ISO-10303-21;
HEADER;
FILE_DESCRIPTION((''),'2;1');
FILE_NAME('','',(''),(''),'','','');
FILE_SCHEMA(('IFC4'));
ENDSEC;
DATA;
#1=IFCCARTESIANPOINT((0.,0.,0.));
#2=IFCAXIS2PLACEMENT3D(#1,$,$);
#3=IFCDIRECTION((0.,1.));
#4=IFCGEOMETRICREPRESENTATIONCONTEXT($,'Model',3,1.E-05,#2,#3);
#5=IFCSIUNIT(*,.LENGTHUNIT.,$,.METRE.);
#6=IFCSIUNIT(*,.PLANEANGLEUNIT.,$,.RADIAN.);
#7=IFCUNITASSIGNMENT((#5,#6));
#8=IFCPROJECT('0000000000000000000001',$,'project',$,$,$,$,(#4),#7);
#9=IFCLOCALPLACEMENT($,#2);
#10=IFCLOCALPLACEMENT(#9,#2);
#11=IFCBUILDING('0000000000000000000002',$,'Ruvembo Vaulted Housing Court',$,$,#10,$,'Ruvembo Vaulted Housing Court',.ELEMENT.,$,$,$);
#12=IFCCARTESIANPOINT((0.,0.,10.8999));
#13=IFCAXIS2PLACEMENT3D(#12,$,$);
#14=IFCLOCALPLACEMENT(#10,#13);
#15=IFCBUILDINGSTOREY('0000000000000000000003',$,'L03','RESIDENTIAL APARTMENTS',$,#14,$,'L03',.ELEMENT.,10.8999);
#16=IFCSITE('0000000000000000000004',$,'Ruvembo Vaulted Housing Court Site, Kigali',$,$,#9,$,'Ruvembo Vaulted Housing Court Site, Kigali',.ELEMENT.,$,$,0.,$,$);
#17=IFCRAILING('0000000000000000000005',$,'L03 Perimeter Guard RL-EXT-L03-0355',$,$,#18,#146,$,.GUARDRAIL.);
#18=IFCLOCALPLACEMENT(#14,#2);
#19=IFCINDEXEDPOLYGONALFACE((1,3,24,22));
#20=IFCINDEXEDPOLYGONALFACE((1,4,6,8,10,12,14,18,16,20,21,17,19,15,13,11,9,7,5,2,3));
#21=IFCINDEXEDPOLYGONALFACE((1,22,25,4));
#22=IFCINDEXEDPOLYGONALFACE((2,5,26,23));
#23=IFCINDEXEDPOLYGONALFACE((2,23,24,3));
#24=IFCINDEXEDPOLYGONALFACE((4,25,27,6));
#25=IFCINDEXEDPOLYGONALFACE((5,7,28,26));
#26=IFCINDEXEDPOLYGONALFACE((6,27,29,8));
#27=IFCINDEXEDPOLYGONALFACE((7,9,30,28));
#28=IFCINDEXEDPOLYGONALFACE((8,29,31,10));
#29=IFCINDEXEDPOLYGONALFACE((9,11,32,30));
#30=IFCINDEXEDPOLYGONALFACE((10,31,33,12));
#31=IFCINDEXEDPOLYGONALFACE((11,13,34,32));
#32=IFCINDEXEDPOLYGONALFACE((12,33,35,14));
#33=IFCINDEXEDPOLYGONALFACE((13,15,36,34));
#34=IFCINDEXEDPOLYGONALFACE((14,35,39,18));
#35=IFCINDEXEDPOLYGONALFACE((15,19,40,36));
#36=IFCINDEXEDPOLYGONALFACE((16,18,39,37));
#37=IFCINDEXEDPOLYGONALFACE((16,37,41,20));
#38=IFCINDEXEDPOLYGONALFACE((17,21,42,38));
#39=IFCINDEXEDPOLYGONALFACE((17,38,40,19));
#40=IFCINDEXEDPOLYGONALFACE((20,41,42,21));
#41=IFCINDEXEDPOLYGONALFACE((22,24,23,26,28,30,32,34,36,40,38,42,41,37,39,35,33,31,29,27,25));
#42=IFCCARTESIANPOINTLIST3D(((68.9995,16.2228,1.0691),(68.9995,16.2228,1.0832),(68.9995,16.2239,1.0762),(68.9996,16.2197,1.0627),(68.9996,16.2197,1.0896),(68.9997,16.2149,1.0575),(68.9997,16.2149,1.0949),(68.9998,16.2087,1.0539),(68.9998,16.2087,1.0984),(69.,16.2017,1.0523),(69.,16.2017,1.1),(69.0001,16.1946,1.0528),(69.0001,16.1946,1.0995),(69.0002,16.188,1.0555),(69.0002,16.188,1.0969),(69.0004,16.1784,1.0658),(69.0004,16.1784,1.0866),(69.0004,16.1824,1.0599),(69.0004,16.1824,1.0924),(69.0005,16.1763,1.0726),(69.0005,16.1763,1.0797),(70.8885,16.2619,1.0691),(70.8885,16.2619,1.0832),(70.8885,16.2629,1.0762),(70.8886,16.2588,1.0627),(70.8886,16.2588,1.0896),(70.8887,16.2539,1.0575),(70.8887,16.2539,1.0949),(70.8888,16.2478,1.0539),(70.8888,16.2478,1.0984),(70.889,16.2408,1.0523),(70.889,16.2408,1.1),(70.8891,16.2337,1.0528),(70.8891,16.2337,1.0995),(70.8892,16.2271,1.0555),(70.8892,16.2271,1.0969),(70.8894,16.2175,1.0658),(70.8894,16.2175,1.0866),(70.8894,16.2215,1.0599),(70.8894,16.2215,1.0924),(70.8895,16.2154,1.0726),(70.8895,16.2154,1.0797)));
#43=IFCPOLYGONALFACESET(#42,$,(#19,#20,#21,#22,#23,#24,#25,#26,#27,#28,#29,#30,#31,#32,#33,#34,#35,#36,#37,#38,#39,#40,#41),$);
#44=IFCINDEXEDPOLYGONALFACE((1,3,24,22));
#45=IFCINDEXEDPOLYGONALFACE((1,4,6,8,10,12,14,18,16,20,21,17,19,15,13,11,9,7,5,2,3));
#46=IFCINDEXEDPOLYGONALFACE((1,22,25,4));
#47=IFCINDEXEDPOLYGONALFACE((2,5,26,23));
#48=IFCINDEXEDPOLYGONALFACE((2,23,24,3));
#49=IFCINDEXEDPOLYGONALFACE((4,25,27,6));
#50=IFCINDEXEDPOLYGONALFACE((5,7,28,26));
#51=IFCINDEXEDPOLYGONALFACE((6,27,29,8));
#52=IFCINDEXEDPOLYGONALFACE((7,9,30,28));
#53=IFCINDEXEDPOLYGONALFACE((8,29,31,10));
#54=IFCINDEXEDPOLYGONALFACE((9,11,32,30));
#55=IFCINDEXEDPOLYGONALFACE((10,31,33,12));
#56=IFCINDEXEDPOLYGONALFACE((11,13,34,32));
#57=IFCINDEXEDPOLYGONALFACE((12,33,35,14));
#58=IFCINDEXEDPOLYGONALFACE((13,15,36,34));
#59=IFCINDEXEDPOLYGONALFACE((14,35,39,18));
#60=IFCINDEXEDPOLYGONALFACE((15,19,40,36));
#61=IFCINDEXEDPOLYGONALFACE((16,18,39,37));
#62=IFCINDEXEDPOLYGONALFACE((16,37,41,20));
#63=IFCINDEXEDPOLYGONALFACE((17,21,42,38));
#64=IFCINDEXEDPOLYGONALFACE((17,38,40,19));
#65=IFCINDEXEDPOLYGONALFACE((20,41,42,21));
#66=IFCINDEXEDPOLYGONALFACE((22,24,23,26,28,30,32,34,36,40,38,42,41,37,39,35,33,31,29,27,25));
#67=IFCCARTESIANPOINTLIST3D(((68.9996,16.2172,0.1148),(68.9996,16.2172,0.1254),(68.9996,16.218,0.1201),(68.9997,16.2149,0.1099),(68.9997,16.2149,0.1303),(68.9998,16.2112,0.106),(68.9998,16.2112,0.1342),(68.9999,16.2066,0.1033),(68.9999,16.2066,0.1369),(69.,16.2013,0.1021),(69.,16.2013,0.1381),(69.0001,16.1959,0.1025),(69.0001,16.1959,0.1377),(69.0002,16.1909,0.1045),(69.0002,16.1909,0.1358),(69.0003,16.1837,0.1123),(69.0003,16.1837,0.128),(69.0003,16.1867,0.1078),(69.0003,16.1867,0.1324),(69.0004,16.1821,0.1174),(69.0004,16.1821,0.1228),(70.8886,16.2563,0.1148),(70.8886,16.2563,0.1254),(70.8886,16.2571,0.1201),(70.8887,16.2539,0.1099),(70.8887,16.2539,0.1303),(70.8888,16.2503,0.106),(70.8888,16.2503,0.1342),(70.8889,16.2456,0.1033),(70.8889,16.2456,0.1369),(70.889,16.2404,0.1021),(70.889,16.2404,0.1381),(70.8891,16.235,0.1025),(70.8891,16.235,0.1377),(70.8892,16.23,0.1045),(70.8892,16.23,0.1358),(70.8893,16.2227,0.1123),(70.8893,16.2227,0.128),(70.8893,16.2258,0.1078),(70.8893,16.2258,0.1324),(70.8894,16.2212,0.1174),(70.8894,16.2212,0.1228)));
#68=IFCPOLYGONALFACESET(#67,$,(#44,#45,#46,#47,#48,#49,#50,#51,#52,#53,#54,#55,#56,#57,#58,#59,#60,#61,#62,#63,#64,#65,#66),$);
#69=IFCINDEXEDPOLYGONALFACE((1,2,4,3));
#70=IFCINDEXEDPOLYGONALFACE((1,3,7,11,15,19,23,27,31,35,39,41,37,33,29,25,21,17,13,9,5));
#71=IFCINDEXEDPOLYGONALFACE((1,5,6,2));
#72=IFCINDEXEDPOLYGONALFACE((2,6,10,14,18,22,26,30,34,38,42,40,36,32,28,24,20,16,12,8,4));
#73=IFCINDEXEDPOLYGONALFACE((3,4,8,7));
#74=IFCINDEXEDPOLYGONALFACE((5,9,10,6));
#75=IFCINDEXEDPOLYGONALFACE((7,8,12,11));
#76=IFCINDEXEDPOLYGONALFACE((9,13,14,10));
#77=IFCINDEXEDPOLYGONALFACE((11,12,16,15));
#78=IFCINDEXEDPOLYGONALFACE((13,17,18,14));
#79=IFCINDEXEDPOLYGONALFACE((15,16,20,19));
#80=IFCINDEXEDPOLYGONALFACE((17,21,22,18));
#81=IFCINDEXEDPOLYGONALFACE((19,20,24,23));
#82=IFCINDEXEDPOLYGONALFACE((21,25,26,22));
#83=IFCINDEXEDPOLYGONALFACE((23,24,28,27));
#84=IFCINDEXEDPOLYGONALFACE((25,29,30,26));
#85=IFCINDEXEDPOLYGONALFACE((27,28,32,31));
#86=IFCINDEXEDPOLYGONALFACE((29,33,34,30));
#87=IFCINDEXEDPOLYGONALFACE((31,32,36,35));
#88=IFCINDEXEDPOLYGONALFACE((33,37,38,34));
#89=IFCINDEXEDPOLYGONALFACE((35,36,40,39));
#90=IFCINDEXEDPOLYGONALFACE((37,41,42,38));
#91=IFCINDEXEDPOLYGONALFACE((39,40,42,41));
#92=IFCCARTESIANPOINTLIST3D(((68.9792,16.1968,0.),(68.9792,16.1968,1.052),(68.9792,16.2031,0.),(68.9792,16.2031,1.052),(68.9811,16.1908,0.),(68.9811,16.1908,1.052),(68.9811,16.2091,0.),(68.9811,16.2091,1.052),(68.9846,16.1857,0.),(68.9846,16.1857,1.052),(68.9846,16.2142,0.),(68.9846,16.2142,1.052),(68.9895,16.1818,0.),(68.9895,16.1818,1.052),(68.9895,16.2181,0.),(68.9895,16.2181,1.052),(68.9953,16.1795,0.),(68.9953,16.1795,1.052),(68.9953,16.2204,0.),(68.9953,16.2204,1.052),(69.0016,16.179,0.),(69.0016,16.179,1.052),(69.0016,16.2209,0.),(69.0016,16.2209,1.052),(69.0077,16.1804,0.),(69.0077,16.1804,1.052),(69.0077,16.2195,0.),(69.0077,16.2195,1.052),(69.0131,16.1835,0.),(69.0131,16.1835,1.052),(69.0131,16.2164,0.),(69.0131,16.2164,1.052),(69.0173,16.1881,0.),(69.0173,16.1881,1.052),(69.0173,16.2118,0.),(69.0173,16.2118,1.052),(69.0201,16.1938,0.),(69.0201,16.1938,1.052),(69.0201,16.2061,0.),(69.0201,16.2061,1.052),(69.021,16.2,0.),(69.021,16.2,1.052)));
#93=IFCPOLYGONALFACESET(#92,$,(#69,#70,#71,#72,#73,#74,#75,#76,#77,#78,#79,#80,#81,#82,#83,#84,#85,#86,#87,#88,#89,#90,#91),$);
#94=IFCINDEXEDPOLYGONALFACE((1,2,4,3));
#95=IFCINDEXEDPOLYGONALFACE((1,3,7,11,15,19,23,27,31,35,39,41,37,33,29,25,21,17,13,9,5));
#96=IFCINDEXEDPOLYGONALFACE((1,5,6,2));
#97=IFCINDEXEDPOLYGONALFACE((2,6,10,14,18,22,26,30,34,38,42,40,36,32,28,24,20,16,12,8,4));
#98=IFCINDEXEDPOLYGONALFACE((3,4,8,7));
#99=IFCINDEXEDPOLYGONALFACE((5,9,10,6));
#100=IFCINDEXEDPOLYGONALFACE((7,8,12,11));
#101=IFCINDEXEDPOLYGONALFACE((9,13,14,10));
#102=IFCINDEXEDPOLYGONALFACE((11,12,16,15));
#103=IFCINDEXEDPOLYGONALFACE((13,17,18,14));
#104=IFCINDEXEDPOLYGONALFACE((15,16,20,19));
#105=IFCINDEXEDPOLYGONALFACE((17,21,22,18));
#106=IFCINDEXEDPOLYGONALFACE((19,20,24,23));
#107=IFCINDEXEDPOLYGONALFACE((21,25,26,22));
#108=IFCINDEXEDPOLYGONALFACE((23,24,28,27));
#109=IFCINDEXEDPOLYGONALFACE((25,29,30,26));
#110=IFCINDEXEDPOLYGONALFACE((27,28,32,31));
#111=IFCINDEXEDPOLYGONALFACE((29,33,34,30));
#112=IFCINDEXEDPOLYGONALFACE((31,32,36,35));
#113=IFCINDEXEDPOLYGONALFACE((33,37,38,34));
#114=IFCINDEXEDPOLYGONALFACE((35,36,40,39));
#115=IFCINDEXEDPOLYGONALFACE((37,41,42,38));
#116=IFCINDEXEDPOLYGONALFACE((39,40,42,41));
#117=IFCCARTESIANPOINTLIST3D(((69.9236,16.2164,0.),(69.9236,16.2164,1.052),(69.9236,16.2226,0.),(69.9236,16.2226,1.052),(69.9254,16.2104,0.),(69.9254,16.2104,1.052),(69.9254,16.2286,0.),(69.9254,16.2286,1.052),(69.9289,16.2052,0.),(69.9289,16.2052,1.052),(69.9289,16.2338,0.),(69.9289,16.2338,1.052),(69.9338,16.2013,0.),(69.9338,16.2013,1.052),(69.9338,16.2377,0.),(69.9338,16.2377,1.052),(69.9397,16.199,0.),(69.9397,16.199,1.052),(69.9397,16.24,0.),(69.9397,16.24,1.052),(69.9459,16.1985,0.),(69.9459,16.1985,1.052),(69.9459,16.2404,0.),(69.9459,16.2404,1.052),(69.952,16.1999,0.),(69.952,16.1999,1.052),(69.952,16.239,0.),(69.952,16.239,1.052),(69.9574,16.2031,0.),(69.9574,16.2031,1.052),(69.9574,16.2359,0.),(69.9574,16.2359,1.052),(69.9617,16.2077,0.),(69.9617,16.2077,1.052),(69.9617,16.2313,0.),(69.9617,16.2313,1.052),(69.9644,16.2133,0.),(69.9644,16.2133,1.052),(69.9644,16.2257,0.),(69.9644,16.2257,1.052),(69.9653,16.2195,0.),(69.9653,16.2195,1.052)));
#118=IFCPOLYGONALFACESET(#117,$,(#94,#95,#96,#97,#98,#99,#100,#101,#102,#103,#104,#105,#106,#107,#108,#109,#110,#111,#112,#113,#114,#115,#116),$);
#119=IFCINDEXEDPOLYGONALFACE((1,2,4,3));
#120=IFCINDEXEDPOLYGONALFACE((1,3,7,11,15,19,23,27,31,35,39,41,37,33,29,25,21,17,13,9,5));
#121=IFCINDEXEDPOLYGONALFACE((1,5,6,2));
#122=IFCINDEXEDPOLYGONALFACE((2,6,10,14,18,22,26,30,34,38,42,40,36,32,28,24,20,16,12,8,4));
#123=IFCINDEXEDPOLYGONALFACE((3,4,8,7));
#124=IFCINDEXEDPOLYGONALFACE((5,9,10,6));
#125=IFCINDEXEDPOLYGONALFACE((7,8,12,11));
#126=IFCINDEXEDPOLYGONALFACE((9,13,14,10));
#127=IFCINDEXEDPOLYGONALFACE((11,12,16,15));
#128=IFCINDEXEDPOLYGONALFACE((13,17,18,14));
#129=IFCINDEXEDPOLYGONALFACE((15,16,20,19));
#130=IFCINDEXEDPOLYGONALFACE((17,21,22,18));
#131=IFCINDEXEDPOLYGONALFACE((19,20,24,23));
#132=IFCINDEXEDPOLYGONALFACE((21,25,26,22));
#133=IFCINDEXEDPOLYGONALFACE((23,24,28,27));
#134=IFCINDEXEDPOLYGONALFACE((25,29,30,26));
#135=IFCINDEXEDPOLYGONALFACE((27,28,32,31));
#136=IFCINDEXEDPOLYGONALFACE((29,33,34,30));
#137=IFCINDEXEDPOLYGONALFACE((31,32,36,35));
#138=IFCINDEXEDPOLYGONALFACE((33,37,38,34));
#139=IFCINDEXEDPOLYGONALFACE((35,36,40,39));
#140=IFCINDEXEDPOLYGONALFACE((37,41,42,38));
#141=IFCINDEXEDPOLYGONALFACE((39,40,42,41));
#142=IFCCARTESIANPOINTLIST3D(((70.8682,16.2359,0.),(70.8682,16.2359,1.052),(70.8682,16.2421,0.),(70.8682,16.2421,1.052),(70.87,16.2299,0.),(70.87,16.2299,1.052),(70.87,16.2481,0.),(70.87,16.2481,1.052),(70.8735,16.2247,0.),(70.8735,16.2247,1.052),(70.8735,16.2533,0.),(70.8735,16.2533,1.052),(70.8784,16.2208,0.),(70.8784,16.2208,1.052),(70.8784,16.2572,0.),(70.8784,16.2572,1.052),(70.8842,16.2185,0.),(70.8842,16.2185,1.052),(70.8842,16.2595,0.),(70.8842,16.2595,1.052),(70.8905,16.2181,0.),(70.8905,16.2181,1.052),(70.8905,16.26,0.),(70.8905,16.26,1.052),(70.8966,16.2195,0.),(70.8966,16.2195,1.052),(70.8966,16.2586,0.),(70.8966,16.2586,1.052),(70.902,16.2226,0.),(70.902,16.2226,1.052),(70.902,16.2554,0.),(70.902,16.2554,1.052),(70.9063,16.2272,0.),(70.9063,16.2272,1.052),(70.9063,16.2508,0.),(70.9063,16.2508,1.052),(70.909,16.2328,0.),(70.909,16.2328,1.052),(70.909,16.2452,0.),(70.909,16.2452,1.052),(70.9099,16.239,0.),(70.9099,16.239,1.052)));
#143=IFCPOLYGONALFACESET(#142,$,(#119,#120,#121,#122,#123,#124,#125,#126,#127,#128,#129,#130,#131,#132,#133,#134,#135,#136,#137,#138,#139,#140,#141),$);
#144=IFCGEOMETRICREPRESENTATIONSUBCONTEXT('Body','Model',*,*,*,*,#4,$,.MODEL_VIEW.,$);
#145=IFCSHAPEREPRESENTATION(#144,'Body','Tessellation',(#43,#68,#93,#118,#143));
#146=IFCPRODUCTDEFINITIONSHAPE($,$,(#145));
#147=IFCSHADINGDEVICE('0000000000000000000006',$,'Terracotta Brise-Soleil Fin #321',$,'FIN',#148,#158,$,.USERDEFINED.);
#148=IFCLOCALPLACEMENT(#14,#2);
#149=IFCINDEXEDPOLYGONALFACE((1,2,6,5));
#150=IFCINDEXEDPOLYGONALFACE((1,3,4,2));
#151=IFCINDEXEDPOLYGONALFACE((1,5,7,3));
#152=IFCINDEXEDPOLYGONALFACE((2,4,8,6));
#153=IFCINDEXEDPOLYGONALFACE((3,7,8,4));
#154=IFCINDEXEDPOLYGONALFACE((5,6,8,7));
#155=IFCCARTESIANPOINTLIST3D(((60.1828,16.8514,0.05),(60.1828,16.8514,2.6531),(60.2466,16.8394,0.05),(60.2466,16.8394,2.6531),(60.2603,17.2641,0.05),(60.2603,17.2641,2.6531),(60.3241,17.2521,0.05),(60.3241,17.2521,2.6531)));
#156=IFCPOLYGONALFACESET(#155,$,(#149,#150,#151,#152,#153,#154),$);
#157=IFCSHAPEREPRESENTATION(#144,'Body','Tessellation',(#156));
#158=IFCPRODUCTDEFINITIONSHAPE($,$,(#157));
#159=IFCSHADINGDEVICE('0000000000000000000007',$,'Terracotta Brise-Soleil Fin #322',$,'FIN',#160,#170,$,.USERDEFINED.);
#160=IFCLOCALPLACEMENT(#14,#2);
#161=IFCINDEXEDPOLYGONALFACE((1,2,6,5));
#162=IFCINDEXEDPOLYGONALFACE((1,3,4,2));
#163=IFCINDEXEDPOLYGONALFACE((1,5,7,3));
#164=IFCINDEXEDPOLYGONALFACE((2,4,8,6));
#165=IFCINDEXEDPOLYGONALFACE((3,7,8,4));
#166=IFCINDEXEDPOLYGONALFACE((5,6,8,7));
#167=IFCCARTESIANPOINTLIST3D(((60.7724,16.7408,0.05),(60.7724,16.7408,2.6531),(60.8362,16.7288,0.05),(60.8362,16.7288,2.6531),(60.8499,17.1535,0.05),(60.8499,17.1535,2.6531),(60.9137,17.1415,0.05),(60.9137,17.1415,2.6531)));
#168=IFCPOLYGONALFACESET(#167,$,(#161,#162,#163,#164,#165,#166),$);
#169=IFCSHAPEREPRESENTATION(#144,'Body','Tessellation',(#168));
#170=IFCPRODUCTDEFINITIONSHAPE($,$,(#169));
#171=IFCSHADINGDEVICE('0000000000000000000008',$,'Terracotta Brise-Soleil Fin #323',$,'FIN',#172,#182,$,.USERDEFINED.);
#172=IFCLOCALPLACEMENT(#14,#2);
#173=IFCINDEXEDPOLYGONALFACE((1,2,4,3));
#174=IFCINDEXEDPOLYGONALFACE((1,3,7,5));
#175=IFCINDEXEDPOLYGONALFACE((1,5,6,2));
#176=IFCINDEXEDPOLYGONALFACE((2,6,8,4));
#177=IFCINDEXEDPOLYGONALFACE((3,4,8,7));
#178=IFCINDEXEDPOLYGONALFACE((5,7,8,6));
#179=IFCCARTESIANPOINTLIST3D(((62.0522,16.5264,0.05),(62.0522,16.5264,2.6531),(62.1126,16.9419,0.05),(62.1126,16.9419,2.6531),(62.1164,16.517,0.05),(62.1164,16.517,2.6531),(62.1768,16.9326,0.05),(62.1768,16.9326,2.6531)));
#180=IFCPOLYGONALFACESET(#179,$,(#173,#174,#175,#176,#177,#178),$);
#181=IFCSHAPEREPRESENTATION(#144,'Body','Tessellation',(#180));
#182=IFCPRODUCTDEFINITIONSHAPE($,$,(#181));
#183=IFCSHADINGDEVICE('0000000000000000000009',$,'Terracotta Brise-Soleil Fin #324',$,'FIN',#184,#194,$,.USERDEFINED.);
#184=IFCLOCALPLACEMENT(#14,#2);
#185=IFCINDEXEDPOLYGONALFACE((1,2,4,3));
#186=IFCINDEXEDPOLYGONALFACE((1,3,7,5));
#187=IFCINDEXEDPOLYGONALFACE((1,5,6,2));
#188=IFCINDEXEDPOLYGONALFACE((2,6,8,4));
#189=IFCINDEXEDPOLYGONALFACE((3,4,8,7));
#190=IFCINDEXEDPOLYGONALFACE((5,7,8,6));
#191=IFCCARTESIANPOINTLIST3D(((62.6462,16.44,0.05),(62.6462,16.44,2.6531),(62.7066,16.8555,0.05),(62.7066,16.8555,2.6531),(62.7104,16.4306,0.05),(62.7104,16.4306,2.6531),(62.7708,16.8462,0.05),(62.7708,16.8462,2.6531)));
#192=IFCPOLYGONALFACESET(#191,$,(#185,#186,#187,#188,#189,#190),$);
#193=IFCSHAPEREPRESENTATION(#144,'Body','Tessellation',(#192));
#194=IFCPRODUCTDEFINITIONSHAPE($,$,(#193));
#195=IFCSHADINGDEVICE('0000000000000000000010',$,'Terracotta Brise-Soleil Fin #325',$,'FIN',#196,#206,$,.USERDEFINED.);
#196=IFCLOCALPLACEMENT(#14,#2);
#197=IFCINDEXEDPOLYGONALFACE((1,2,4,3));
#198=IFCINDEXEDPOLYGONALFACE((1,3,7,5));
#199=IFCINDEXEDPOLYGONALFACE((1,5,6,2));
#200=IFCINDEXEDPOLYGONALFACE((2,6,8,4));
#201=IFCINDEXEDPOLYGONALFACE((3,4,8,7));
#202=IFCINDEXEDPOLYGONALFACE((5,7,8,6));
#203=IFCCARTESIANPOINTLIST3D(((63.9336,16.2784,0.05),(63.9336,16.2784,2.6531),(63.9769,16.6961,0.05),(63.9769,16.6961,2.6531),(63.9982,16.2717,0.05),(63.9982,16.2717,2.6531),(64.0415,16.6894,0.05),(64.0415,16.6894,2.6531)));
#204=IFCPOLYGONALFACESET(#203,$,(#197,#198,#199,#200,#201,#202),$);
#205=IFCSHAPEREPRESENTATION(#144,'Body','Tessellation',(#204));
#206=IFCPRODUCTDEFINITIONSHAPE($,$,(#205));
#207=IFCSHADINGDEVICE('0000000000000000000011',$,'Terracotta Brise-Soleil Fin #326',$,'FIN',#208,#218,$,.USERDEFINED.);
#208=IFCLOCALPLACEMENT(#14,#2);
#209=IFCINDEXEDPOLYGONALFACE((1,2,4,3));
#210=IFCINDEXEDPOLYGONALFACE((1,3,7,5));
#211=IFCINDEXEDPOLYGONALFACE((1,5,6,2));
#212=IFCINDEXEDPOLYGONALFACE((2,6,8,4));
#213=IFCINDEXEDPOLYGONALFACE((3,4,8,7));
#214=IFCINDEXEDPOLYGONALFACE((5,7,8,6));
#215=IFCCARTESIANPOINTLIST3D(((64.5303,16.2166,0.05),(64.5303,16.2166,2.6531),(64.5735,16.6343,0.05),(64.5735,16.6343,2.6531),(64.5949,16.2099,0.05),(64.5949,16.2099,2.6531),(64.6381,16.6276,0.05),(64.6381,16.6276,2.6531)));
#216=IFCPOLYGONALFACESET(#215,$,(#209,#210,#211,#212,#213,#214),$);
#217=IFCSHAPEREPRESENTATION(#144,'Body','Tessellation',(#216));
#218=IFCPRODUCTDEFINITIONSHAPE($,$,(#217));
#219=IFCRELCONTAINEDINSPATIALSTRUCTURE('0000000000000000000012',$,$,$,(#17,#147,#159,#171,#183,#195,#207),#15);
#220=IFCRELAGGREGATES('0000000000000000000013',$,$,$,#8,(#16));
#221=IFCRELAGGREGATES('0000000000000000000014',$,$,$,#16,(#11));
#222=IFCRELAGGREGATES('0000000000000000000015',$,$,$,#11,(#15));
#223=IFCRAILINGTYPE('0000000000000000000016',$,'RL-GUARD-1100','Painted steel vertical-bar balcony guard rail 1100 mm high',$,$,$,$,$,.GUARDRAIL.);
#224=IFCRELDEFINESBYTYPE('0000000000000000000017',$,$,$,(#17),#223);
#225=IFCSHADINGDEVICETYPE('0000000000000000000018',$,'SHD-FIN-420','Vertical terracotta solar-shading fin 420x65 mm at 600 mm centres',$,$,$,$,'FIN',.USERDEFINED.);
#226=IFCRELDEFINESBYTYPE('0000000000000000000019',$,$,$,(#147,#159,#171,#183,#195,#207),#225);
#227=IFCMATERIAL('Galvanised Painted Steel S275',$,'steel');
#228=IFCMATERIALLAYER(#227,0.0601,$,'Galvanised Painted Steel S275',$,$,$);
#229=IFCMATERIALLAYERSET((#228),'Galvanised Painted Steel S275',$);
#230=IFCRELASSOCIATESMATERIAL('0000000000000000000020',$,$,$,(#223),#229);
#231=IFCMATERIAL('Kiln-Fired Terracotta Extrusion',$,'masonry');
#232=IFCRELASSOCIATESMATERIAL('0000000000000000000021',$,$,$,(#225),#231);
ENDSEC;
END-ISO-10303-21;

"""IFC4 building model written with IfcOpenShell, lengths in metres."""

from ifc_helpers import new_model, si_unit, direction, frame, origin, origin_2d, place, context, subcontext, project, spatial, rectangle, circle, extrude, material, layer, layer_set, type_object, element, save


model = new_model("IFC4")

# Units and contexts
model_context = context("Model", 3, precision=1e-05, world=origin(), true_north=direction((0.0, 1.0)))
body_context = subcontext(model_context, "Body", "Model", "MODEL_VIEW")
ifc_project = project(units=[si_unit("LENGTHUNIT", "METRE"), si_unit("PLANEANGLEUNIT", "RADIAN")], contexts=[model_context])

# Site, building, storey
site_placement = place(None, origin())
site = spatial("IfcSite", under=ifc_project, at=site_placement, Name="Ruvembo Vaulted Housing Court Site, Kigali", LongName="Ruvembo Vaulted Housing Court Site, Kigali", CompositionType="ELEMENT", RefElevation=0.0)
building_placement = place(site_placement, origin())
building = spatial("IfcBuilding", under=site, at=building_placement, Name="Ruvembo Vaulted Housing Court", LongName="Ruvembo Vaulted Housing Court", CompositionType="ELEMENT")
storey_placement = place(building_placement, frame((0.0, 0.0, 10.8999)))
storey = spatial("IfcBuildingStorey", under=building, at=storey_placement, Name="L03", Description="RESIDENTIAL APARTMENTS", LongName="L03", CompositionType="ELEMENT", Elevation=10.8999)

# Railing
ifc_material_1 = material(Name="Galvanised Painted Steel S275", Category="steel")
ifc_layer = layer(ifc_material_1, 0.0601, Name="Galvanised Painted Steel S275")
ifc_layer_set = layer_set([ifc_layer], Name="Galvanised Painted Steel S275")
railing_type = type_object("IfcRailingType", Name="RL-GUARD-1100", Description="Painted steel vertical-bar balcony guard rail 1100 mm high", PredefinedType="GUARDRAIL", material=ifc_layer_set)
railing_1_placement = place(storey_placement, frame((69.0, 16.2, 0.0)))
element("IfcRailing", 1, at=railing_1_placement, inside=storey, type_object=railing_type, Name="L03 Perimeter Guard RL-EXT-L03-0355", PredefinedType="GUARDRAIL", context=body_context, shape_type="SweptSolid", body=[
    extrude(circle(Radius=0.0239, at=origin_2d()), frame((0.0, 0.0, 1.0762), z_axis=(0.999786, 0.020675, 0.0), x_axis=(-0.020675, 0.999786, 0.0)), (0.0, 0.0, 1.0), 1.8894),
    extrude(circle(Radius=0.0181, at=origin_2d()), frame((0.0, 0.0, 0.1201), z_axis=(0.999786, 0.020675, 0.0), x_axis=(-0.020675, 0.999786, 0.0)), (0.0, 0.0, 1.0), 1.8894),
    extrude(circle(Radius=0.021, at=origin_2d()), origin(), (0.0, 0.0, 1.0), 1.052),
    extrude(circle(Radius=0.021, at=origin_2d()), frame((0.9443, 0.0195, 0.0)), (0.0, 0.0, 1.0), 1.052),
    extrude(circle(Radius=0.021, at=origin_2d()), frame((1.8889, 0.0391, 0.0)), (0.0, 0.0, 1.0), 1.052),
])

# Shading devices
ifc_material_2 = material(Name="Kiln-Fired Terracotta Extrusion", Category="masonry")
shading_device_type = type_object("IfcShadingDeviceType", Name="SHD-FIN-420", Description="Vertical terracotta solar-shading fin 420x65 mm at 600 mm centres", ElementType="FIN", PredefinedType="USERDEFINED", material=ifc_material_2)
for number, where, z_axis, x_axis, name in (
    (2, (60.2534, 17.0518, 0.05), (0.0, 0.0, 1.0), (-0.184569, -0.98282, 0.0), "Terracotta Brise-Soleil Fin #321"),
    (3, (60.843, 16.9412, 0.05), (0.0, 0.0, 1.0), (-0.184569, -0.98282, 0.0), "Terracotta Brise-Soleil Fin #322"),
    (4, (62.1145, 16.7295, 0.05), (0.0, 0.0, 1.0), (-0.143873, -0.989596, 0.0), "Terracotta Brise-Soleil Fin #323"),
    (5, (62.7085, 16.6431, 0.05), (0.0, 0.0, 1.0), (-0.143873, -0.989596, 0.0), "Terracotta Brise-Soleil Fin #324"),
    (6, (63.9875, 16.4839, 0.05), (0.0, 0.0, 1.0), (-0.102949, -0.994687, 0.0), "Terracotta Brise-Soleil Fin #325"),
    (7, (64.5842, 16.4221, 0.05), (0.0, 0.0, 1.0), (-0.102949, -0.994687, 0.0), "Terracotta Brise-Soleil Fin #326"),
):
    element("IfcShadingDevice", number, at=place(storey_placement, frame(where, z_axis=z_axis, x_axis=x_axis)), inside=storey, type_object=shading_device_type, Name=name, ObjectType="FIN", PredefinedType="USERDEFINED", context=body_context, shape_type="SweptSolid", body=[
        extrude(rectangle(XDim=0.4199, YDim=0.0649, at=origin_2d()), origin(), (0.0, 0.0, 1.0), 2.603),
    ])

save(model, "model.ifc")
